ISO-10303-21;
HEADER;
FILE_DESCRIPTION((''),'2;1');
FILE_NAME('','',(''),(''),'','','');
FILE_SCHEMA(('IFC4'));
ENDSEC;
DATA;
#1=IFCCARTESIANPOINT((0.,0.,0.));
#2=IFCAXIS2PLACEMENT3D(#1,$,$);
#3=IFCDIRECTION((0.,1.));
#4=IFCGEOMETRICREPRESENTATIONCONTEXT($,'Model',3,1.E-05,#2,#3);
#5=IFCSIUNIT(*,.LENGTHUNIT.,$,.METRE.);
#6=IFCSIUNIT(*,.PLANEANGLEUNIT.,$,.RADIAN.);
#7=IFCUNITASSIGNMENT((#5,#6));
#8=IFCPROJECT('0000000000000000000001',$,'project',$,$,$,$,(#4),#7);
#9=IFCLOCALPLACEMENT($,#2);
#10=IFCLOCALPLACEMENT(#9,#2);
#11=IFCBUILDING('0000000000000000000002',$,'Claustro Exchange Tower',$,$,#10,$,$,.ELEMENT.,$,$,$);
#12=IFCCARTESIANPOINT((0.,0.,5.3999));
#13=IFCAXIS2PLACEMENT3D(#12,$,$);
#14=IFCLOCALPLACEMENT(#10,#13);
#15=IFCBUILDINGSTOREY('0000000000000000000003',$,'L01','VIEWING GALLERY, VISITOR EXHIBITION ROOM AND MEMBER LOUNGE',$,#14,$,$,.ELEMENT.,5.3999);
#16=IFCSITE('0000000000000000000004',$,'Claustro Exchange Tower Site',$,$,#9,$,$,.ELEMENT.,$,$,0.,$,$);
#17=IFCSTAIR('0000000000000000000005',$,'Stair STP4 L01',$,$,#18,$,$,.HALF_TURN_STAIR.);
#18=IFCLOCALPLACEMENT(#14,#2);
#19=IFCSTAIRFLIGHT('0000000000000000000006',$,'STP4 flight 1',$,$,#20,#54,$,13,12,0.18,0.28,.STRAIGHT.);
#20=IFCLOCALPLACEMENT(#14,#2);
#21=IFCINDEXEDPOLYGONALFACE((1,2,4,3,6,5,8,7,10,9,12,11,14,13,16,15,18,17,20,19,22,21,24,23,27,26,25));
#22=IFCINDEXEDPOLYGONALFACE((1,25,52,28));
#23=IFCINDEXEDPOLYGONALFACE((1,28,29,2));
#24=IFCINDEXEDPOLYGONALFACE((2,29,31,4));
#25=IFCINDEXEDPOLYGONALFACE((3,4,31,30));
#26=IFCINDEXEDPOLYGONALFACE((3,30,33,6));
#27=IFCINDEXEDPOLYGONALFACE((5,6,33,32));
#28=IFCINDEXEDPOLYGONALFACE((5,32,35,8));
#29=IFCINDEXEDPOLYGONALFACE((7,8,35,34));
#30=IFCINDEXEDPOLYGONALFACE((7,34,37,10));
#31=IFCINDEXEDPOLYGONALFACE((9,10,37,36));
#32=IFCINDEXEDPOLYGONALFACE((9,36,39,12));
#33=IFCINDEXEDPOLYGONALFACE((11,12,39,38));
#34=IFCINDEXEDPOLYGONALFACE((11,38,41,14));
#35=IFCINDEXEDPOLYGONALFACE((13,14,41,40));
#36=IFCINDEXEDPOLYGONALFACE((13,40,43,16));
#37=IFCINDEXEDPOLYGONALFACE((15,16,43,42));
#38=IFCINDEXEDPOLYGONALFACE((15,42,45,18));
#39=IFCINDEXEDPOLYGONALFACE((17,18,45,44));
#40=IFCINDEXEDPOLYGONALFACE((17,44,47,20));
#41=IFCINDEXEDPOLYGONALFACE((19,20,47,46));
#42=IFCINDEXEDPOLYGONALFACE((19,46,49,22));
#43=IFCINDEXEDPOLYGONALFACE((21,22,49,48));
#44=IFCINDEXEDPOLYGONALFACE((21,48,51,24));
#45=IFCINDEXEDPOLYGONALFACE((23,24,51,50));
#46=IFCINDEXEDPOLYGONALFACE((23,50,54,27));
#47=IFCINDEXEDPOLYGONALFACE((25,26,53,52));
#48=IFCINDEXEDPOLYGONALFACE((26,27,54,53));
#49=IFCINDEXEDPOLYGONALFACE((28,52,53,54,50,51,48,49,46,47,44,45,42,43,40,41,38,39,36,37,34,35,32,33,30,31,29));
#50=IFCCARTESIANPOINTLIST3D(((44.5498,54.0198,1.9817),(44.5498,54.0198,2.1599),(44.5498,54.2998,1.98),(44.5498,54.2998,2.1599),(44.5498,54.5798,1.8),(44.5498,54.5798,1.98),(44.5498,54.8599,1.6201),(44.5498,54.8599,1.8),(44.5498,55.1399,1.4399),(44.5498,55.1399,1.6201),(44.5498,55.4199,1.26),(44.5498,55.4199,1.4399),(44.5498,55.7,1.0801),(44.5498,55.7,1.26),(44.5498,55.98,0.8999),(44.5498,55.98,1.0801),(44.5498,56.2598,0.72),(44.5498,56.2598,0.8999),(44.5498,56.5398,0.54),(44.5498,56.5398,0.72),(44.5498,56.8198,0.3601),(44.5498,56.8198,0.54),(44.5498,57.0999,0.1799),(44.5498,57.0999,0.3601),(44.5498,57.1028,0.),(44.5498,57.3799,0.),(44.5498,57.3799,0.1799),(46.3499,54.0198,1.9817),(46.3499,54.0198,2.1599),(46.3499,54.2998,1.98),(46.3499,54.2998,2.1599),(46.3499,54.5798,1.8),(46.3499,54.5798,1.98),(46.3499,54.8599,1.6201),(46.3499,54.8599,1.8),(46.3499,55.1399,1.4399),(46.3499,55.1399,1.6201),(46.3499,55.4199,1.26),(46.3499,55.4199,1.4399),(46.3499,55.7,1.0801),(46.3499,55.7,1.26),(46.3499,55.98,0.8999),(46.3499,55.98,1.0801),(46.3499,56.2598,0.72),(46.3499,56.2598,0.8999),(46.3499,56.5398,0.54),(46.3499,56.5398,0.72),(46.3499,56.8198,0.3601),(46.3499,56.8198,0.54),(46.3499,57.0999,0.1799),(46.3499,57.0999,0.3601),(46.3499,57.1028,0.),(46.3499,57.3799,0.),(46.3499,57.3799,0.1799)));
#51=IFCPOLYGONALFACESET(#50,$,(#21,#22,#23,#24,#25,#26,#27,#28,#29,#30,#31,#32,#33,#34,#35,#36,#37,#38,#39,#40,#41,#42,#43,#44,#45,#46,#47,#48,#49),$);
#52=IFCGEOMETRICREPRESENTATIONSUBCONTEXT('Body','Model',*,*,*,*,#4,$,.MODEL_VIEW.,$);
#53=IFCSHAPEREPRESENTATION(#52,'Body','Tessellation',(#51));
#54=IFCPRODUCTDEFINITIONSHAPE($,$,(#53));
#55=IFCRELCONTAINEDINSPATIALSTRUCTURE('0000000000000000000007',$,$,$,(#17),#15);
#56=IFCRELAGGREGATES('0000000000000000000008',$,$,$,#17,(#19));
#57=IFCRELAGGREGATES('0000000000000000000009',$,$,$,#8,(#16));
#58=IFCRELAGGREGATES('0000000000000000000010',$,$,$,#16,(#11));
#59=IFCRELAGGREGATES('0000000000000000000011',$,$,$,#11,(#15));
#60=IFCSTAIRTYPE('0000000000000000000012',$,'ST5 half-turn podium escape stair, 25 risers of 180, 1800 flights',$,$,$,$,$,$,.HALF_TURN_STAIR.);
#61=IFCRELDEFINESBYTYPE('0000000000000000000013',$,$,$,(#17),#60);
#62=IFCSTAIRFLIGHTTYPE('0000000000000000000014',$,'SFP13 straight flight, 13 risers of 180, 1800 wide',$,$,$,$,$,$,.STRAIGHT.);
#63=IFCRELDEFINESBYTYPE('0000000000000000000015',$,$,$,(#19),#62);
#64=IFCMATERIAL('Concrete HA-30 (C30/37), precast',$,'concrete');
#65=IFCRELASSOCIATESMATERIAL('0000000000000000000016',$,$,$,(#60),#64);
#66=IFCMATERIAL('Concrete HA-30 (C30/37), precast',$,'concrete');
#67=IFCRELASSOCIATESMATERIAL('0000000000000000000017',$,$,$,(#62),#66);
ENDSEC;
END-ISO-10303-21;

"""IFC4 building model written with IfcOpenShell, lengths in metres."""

from ifc_helpers import new_model, si_unit, direction, frame, origin, place, context, subcontext, project, spatial, polyline, outline, extrude, material, type_object, element, aggregate, save


model = new_model("IFC4")

# Units and contexts
model_context = context("Model", 3, precision=1e-05, world=origin(), true_north=direction((0.0, 1.0)))
body_context = subcontext(model_context, "Body", "Model", "MODEL_VIEW")
ifc_project = project(units=[si_unit("LENGTHUNIT", "METRE"), si_unit("PLANEANGLEUNIT", "RADIAN")], contexts=[model_context])

# Site, building, storey
site_placement = place(None, origin())
site = spatial("IfcSite", under=ifc_project, at=site_placement, Name="Claustro Exchange Tower Site", CompositionType="ELEMENT", RefElevation=0.0)
building_placement = place(site_placement, origin())
building = spatial("IfcBuilding", under=site, at=building_placement, Name="Claustro Exchange Tower", CompositionType="ELEMENT")
storey_placement = place(building_placement, frame((0.0, 0.0, 5.3999)))
storey = spatial("IfcBuildingStorey", under=building, at=storey_placement, Name="L01", Description="VIEWING GALLERY, VISITOR EXHIBITION ROOM AND MEMBER LOUNGE", CompositionType="ELEMENT", Elevation=5.3999)

# Stair, stair flight
ifc_material_1 = material(Name="Concrete HA-30 (C30/37), precast", Category="concrete")
stair_type = type_object("IfcStairType", Name="ST5 half-turn podium escape stair, 25 risers of 180, 1800 flights", PredefinedType="HALF_TURN_STAIR", material=ifc_material_1)
stair_placement = place(storey_placement, origin())
stair = element("IfcStair", 1, at=stair_placement, inside=storey, type_object=stair_type, Name="Stair STP4 L01", PredefinedType="HALF_TURN_STAIR")
ifc_material_2 = material(Name="Concrete HA-30 (C30/37), precast", Category="concrete")
stair_flight_type_1 = type_object("IfcStairFlightType", Name="SFP13 straight flight, 13 risers of 180, 1800 wide", PredefinedType="STRAIGHT", material=ifc_material_2)
stair_flight_1_placement = place(storey_placement, frame((45.45, 57.3799, 0.0), z_axis=(0.0, 0.0, 1.0), x_axis=(0.0, -1.0, 0.0)))
stair_flight_1 = element("IfcStairFlight", 2, at=stair_flight_1_placement, type_object=stair_flight_type_1, Name="STP4 flight 1", NumberOfRisers=13, NumberOfTreads=12, PredefinedType="STRAIGHT", RiserHeight=0.18, TreadLength=0.28, context=body_context, shape_type="SweptSolid", body=[
    extrude(outline(polyline([(0.0, 0.0), (0.0, 0.1799), (0.28, 0.1799), (0.28, 0.3601), (0.5601, 0.3601), (0.5601, 0.54), (0.8401, 0.54), (0.8401, 0.72), (1.1201, 0.72), (1.1201, 0.8999), (1.3999, 0.8999), (1.3999, 1.0801), (1.6799, 1.0801), (1.6799, 1.26), (1.96, 1.26), (1.96, 1.4399), (2.24, 1.4399), (2.24, 1.6201), (2.52, 1.6201), (2.52, 1.8), (2.8, 1.8), (2.8, 1.98), (3.0801, 1.98), (3.0801, 2.1599), (3.3601, 2.1599), (3.3601, 2.3401), (3.3601, 1.9817), (0.2771, 0.0), (0.0, 0.0)])), frame((0.0, 0.8999, 0.0), z_axis=(0.0, -1.0, 0.0), x_axis=(1.0, 0.0, 0.0)), (0.0, 0.0, 1.0), 1.8),
])
aggregate(stair, [stair_flight_1])

save(model, "model.ifc")
